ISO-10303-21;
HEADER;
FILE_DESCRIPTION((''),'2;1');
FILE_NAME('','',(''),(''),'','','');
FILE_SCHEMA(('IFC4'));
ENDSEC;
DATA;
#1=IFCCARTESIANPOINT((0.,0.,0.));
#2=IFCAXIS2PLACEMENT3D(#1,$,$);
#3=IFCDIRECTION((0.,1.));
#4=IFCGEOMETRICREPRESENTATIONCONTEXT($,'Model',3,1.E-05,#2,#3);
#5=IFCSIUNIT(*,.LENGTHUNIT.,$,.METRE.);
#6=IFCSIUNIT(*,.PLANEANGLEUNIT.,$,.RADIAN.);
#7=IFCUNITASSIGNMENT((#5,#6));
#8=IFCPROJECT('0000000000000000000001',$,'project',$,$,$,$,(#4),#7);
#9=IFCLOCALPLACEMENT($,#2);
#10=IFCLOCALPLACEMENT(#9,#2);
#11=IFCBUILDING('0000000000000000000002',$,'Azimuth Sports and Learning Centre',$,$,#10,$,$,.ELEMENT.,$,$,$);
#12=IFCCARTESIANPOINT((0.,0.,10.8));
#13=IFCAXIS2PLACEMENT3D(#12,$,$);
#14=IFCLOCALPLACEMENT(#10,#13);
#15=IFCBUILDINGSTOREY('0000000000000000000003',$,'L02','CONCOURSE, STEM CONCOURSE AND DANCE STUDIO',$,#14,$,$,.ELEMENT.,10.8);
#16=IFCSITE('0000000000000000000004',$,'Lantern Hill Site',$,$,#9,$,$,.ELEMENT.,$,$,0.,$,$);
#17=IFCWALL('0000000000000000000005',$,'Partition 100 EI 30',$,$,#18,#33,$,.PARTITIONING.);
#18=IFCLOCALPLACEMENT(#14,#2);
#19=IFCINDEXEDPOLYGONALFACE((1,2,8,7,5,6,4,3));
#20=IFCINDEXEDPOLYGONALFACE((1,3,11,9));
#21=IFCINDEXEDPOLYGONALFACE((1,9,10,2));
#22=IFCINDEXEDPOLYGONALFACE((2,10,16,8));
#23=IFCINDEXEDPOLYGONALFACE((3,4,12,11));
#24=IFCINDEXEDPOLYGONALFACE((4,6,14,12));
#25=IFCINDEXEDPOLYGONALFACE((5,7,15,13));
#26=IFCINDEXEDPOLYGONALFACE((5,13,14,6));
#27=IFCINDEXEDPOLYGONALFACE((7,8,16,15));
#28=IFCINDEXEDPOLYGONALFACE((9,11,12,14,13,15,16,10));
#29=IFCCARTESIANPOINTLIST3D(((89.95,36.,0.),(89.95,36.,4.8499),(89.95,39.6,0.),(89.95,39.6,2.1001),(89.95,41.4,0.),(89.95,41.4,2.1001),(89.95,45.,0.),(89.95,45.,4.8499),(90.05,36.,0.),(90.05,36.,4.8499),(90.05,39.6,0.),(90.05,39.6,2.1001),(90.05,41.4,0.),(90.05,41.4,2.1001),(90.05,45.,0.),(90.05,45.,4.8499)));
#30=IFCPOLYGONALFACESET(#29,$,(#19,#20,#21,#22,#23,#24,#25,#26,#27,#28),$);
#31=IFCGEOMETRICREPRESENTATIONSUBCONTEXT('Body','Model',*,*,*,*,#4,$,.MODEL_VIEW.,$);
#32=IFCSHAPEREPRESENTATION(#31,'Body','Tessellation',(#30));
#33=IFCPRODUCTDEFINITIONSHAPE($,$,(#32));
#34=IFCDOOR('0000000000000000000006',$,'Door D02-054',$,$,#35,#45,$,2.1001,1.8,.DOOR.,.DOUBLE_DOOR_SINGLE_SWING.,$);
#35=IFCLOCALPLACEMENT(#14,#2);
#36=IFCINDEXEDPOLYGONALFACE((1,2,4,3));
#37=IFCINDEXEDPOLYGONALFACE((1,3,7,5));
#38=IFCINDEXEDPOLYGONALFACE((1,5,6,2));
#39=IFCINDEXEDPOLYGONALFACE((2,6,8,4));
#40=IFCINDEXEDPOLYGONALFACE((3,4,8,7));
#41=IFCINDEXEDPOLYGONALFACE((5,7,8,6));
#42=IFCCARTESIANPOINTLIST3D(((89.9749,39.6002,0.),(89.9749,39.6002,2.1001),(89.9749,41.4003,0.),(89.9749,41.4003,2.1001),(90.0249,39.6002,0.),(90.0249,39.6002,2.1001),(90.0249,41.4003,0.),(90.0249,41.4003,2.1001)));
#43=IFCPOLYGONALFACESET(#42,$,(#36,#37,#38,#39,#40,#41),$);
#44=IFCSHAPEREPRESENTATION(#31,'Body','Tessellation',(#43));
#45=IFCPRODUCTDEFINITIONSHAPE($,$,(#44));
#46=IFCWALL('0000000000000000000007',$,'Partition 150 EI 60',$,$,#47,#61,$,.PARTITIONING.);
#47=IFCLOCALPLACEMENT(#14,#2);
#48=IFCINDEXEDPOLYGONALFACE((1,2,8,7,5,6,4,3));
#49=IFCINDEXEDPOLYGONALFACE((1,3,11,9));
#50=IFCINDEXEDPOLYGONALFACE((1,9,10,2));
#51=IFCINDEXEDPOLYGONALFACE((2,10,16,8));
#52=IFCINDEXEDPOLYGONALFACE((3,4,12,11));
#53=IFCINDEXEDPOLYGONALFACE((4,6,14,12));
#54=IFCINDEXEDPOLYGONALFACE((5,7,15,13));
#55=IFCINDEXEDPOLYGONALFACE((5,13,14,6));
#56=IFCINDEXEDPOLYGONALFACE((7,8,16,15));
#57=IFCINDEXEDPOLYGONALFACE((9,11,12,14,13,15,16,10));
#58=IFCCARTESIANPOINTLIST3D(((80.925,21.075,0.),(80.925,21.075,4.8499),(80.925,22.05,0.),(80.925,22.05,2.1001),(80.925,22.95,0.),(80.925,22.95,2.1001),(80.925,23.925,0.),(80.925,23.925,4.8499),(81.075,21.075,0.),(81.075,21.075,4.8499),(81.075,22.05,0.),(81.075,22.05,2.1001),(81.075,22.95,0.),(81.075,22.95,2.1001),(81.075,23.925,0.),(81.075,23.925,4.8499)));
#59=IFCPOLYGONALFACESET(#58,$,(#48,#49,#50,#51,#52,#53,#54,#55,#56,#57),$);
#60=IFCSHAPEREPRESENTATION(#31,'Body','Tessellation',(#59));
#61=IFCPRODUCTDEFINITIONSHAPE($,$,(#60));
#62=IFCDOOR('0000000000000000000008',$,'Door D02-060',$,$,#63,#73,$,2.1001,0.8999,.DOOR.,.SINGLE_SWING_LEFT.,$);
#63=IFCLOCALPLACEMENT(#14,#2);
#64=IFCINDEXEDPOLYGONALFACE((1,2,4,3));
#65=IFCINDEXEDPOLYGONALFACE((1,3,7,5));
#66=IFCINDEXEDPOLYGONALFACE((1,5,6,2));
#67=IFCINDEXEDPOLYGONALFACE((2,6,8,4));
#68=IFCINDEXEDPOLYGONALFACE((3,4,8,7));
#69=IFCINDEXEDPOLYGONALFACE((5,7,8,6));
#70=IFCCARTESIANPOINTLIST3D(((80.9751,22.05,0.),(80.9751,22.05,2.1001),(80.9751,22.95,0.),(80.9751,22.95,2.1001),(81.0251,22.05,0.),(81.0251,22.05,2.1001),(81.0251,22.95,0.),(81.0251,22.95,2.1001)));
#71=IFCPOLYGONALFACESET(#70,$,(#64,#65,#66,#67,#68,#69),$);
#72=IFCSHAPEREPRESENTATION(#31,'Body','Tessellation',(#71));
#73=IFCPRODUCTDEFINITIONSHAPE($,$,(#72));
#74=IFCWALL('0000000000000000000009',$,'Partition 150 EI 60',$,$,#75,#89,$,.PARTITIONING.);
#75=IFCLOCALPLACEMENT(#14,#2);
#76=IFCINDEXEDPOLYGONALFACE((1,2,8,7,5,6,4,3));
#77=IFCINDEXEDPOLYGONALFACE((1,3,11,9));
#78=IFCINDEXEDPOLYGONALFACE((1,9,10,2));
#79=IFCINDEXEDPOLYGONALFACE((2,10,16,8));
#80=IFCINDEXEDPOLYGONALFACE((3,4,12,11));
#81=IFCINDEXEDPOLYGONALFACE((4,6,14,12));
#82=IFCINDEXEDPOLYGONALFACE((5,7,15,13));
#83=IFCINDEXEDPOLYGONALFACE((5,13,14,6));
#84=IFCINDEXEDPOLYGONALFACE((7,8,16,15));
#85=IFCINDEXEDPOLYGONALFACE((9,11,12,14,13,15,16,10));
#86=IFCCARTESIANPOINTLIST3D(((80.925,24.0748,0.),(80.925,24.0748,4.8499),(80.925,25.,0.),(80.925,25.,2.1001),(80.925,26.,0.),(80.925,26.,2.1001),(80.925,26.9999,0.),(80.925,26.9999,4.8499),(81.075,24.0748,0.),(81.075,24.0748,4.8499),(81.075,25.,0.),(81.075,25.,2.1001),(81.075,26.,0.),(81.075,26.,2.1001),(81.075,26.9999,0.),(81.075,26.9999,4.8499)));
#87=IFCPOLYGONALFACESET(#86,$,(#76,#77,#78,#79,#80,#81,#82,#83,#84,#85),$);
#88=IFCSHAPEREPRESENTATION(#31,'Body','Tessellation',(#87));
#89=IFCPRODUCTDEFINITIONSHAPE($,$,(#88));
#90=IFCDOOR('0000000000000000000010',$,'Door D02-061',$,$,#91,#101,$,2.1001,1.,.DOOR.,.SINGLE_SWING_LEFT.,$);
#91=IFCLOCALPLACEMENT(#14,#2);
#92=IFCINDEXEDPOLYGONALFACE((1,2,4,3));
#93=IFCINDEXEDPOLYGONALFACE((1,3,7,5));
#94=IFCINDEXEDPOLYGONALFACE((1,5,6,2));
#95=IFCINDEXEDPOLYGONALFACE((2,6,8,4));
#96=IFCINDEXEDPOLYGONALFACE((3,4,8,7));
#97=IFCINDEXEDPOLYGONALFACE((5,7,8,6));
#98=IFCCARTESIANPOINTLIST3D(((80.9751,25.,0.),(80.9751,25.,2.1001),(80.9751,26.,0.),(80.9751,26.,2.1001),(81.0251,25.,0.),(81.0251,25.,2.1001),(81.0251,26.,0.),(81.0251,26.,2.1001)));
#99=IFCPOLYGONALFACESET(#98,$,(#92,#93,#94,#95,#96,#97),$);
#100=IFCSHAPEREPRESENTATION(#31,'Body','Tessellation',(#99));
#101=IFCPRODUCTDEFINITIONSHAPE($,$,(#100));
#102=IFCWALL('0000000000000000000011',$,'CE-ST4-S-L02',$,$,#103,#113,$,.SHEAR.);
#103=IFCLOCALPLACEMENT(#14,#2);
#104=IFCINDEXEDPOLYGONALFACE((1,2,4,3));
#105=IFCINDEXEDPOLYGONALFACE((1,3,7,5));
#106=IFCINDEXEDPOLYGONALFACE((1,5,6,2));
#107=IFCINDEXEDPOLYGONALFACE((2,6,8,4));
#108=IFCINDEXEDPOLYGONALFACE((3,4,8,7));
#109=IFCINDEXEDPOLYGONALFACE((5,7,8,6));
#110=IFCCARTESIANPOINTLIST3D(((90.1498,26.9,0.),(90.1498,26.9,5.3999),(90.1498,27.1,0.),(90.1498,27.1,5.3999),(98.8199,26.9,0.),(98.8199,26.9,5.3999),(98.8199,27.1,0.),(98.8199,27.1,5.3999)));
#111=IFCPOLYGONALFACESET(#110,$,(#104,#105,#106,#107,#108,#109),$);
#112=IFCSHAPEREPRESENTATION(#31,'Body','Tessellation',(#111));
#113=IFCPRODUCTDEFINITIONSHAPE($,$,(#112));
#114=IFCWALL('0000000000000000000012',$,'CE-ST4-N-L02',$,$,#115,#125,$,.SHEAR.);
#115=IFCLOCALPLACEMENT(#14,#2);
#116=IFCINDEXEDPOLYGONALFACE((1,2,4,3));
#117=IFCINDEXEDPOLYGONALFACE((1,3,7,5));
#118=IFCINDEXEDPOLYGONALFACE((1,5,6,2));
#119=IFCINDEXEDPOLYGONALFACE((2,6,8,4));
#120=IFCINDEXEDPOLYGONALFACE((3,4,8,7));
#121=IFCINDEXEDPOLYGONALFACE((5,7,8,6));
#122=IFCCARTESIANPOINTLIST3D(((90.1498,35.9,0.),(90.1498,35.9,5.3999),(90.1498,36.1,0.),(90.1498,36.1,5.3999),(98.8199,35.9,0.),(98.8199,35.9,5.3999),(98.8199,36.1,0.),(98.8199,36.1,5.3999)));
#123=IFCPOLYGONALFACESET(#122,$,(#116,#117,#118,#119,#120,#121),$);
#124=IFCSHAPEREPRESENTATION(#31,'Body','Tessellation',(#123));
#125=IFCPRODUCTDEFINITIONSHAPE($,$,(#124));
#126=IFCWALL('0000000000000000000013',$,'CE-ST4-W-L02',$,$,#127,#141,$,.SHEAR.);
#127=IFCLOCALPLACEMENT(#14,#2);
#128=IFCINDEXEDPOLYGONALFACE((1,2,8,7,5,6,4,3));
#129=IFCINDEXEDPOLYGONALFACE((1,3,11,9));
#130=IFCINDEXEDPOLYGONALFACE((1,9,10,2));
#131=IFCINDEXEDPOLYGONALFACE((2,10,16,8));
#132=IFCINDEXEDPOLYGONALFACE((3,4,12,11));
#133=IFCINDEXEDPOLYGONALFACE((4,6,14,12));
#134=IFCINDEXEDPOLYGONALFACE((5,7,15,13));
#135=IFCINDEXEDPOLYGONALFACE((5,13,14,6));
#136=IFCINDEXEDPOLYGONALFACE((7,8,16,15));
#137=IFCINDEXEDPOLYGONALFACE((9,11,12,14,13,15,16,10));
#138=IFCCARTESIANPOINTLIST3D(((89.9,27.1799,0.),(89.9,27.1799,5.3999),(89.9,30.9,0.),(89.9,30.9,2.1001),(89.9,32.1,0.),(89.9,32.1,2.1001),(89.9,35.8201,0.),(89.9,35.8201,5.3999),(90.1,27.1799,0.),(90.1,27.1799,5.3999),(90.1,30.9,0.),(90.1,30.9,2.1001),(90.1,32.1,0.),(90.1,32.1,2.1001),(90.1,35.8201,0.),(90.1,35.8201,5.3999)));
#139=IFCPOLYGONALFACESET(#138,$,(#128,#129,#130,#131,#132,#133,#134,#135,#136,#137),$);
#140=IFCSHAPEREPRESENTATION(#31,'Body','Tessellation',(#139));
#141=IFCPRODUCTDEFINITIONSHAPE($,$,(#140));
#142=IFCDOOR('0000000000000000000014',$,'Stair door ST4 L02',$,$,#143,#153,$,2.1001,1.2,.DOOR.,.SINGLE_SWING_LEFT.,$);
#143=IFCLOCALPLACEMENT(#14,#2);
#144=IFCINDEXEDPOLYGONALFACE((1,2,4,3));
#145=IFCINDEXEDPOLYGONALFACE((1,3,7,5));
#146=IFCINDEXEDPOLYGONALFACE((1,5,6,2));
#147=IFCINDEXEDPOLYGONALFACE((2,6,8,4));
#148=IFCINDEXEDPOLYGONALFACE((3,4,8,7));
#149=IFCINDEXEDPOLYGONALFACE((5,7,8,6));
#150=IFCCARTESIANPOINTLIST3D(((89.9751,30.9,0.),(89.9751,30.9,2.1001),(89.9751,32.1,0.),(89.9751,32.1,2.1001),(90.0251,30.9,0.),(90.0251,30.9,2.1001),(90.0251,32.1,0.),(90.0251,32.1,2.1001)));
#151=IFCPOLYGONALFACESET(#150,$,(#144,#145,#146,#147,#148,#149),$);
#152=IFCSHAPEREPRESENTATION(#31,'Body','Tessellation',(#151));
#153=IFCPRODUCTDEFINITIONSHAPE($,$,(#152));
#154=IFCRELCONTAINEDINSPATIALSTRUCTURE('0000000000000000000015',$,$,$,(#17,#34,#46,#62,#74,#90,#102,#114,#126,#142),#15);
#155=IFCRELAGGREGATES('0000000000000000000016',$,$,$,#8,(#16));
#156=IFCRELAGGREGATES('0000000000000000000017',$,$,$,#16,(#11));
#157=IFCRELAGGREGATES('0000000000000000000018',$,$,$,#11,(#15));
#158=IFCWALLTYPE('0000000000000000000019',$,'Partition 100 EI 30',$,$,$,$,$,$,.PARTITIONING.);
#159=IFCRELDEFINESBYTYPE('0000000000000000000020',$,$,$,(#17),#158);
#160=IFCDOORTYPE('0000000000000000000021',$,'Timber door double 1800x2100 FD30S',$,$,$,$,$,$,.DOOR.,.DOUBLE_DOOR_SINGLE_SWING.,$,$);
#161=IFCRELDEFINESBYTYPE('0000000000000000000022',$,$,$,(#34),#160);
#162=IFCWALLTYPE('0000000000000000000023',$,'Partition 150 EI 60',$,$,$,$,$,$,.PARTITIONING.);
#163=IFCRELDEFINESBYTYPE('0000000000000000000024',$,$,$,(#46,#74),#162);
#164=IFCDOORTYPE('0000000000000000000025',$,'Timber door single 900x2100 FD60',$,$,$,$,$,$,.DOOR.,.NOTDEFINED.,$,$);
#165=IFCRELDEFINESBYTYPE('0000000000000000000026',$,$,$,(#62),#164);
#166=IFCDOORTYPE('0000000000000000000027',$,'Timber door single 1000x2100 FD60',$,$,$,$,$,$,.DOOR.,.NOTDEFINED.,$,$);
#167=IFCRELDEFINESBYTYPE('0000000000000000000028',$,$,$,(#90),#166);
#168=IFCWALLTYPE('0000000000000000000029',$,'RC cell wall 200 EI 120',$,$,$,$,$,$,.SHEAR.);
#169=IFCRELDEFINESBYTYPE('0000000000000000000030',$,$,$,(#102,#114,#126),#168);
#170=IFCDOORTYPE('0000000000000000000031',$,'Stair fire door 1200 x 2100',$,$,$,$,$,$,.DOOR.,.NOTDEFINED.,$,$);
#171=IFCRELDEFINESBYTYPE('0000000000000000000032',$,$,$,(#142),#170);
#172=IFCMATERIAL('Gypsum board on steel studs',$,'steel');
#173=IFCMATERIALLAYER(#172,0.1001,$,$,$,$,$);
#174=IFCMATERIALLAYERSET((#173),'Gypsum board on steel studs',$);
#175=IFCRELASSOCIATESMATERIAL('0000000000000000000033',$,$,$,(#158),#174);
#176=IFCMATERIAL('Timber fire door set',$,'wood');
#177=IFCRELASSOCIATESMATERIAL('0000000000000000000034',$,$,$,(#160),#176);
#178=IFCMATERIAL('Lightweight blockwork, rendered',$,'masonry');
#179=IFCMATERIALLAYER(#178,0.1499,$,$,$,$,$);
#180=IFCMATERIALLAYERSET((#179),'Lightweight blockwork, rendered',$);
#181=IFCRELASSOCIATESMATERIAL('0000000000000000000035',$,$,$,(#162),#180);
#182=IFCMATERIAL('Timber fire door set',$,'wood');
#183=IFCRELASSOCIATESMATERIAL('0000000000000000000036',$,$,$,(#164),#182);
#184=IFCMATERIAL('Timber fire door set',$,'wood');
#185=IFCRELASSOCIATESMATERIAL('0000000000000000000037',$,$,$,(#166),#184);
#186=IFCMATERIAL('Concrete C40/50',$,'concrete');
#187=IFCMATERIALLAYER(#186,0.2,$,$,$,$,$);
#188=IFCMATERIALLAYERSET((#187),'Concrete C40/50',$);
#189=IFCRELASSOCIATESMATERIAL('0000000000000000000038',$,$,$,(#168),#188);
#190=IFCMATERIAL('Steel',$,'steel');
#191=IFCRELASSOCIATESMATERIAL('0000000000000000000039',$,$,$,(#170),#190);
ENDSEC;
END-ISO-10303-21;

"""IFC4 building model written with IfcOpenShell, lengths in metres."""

from ifc_helpers import new_model, si_unit, direction, frame, frame_2d, origin, place, context, subcontext, project, spatial, rectangle, extrude, material, layer, layer_set, type_object, element, fill, save


model = new_model("IFC4")

# Units and contexts
model_context = context("Model", 3, precision=1e-05, world=origin(), true_north=direction((0.0, 1.0)))
body_context = subcontext(model_context, "Body", "Model", "MODEL_VIEW")
ifc_project = project(units=[si_unit("LENGTHUNIT", "METRE"), si_unit("PLANEANGLEUNIT", "RADIAN")], contexts=[model_context])

# Site, building, storey
site_placement = place(None, origin())
site = spatial("IfcSite", under=ifc_project, at=site_placement, Name="Lantern Hill Site", CompositionType="ELEMENT", RefElevation=0.0)
building_placement = place(site_placement, origin())
building = spatial("IfcBuilding", under=site, at=building_placement, Name="Azimuth Sports and Learning Centre", CompositionType="ELEMENT")
storey_placement = place(building_placement, frame((0.0, 0.0, 10.8)))
storey = spatial("IfcBuildingStorey", under=building, at=storey_placement, Name="L02", Description="CONCOURSE, STEM CONCOURSE AND DANCE STUDIO", CompositionType="ELEMENT", Elevation=10.8)

# Walls, openings, doors
ifc_material_1 = material(Name="Gypsum board on steel studs", Category="steel")
ifc_layer_1 = layer(ifc_material_1, 0.1001)
ifc_layer_set_1 = layer_set([ifc_layer_1], Name="Gypsum board on steel studs")
wall_type_1 = type_object("IfcWallType", Name="Partition 100 EI 30", PredefinedType="PARTITIONING", material=ifc_layer_set_1)
wall_1_placement = place(storey_placement, frame((90.0, 36.0, 0.0), z_axis=(0.0, 0.0, 1.0), x_axis=(0.0, 1.0, 0.0)))
wall_1 = element("IfcWall", 1, at=wall_1_placement, inside=storey, type_object=wall_type_1, Name="Partition 100 EI 30", PredefinedType="PARTITIONING", context=body_context, shape_type="SweptSolid", body=[
    extrude(rectangle(XDim=9.0, YDim=0.1001, at=frame_2d((4.5, 0.0))), origin(), (0.0, 0.0, 1.0), 4.8499),
])
opening_1_placement = place(wall_1_placement, frame((3.6001, 0.0, 0.0)))
opening_1 = element("IfcOpeningElement", 2, at=opening_1_placement, cuts=wall_1, PredefinedType="OPENING", context=body_context, shape_type="SweptSolid", body=[
    extrude(rectangle(XDim=1.8, YDim=2.1001, at=frame_2d((0.8999, 1.05))), frame((0.0, 0.061, 0.0), z_axis=(0.0, -1.0, 0.0), x_axis=(1.0, 0.0, 0.0)), (0.0, 0.0, 1.0), 0.1221),
])
ifc_material_2 = material(Name="Timber fire door set", Category="wood")
door_type_1 = type_object("IfcDoorType", Name="Timber door double 1800x2100 FD30S", OperationType="DOUBLE_DOOR_SINGLE_SWING", PredefinedType="DOOR", material=ifc_material_2)
door_1_placement = place(opening_1_placement, frame((1.8, 0.0, 0.0), z_axis=(0.0, 0.0, 1.0), x_axis=(-1.0, 0.0, 0.0)))
door_1 = element("IfcDoor", 3, at=door_1_placement, inside=storey, type_object=door_type_1, Name="Door D02-054", OperationType="DOUBLE_DOOR_SINGLE_SWING", OverallHeight=2.1001, OverallWidth=1.8, PredefinedType="DOOR", context=body_context, shape_type="SweptSolid", body=[
    extrude(rectangle(XDim=1.8, YDim=2.1001, at=frame_2d((0.8999, 1.05))), frame((0.0, 0.0249, 0.0), z_axis=(0.0, -1.0, 0.0), x_axis=(1.0, 0.0, 0.0)), (0.0, 0.0, 1.0), 0.05),
])
fill(opening_1, door_1)
ifc_material_3 = material(Name="Lightweight blockwork, rendered", Category="masonry")
ifc_layer_2 = layer(ifc_material_3, 0.1499)
ifc_layer_set_2 = layer_set([ifc_layer_2], Name="Lightweight blockwork, rendered")
wall_type_2 = type_object("IfcWallType", Name="Partition 150 EI 60", PredefinedType="PARTITIONING", material=ifc_layer_set_2)
wall_2_placement = place(storey_placement, frame((81.0, 21.075, 0.0), z_axis=(0.0, 0.0, 1.0), x_axis=(0.0, 1.0, 0.0)))
wall_2 = element("IfcWall", 4, at=wall_2_placement, inside=storey, type_object=wall_type_2, Name="Partition 150 EI 60", PredefinedType="PARTITIONING", context=body_context, shape_type="SweptSolid", body=[
    extrude(rectangle(XDim=2.8501, YDim=0.1499, at=frame_2d((1.425, 0.0))), origin(), (0.0, 0.0, 1.0), 4.8499),
])
opening_2_placement = place(wall_2_placement, frame((0.9751, 0.0, 0.0)))
opening_2 = element("IfcOpeningElement", 5, at=opening_2_placement, cuts=wall_2, PredefinedType="OPENING", context=body_context, shape_type="SweptSolid", body=[
    extrude(rectangle(XDim=0.8999, YDim=2.1001, at=frame_2d((0.45, 1.05))), frame((0.0, 0.0859, 0.0), z_axis=(0.0, -1.0, 0.0), x_axis=(1.0, 0.0, 0.0)), (0.0, 0.0, 1.0), 0.1719),
])
ifc_material_4 = material(Name="Timber fire door set", Category="wood")
door_type_2 = type_object("IfcDoorType", Name="Timber door single 900x2100 FD60", OperationType="NOTDEFINED", PredefinedType="DOOR", material=ifc_material_4)
door_2_placement = place(opening_2_placement, origin())
door_2 = element("IfcDoor", 6, at=door_2_placement, inside=storey, type_object=door_type_2, Name="Door D02-060", OperationType="SINGLE_SWING_LEFT", OverallHeight=2.1001, OverallWidth=0.8999, PredefinedType="DOOR", context=body_context, shape_type="SweptSolid", body=[
    extrude(rectangle(XDim=0.8999, YDim=2.1001, at=frame_2d((0.45, 1.05))), frame((0.0, 0.0249, 0.0), z_axis=(0.0, -1.0, 0.0), x_axis=(1.0, 0.0, 0.0)), (0.0, 0.0, 1.0), 0.05),
])
fill(opening_2, door_2)
wall_3_placement = place(storey_placement, frame((81.0, 24.075, 0.0), z_axis=(0.0, 0.0, 1.0), x_axis=(0.0, 1.0, 0.0)))
wall_3 = element("IfcWall", 7, at=wall_3_placement, inside=storey, type_object=wall_type_2, Name="Partition 150 EI 60", PredefinedType="PARTITIONING", context=body_context, shape_type="SweptSolid", body=[
    extrude(rectangle(XDim=2.925, YDim=0.1499, at=frame_2d((1.4624, 0.0))), origin(), (0.0, 0.0, 1.0), 4.8499),
])
opening_3_placement = place(wall_3_placement, frame((0.925, 0.0, 0.0)))
opening_3 = element("IfcOpeningElement", 8, at=opening_3_placement, cuts=wall_3, PredefinedType="OPENING", context=body_context, shape_type="SweptSolid", body=[
    extrude(rectangle(XDim=1.0, YDim=2.1001, at=frame_2d((0.5, 1.05))), frame((0.0, 0.0859, 0.0), z_axis=(0.0, -1.0, 0.0), x_axis=(1.0, 0.0, 0.0)), (0.0, 0.0, 1.0), 0.1719),
])
ifc_material_5 = material(Name="Timber fire door set", Category="wood")
door_type_3 = type_object("IfcDoorType", Name="Timber door single 1000x2100 FD60", OperationType="NOTDEFINED", PredefinedType="DOOR", material=ifc_material_5)
door_3_placement = place(opening_3_placement, origin())
door_3 = element("IfcDoor", 9, at=door_3_placement, inside=storey, type_object=door_type_3, Name="Door D02-061", OperationType="SINGLE_SWING_LEFT", OverallHeight=2.1001, OverallWidth=1.0, PredefinedType="DOOR", context=body_context, shape_type="SweptSolid", body=[
    extrude(rectangle(XDim=1.0, YDim=2.1001, at=frame_2d((0.5, 1.05))), frame((0.0, 0.0249, 0.0), z_axis=(0.0, -1.0, 0.0), x_axis=(1.0, 0.0, 0.0)), (0.0, 0.0, 1.0), 0.05),
])
fill(opening_3, door_3)

# Walls
ifc_material_6 = material(Name="Concrete C40/50", Category="concrete")
ifc_layer_3 = layer(ifc_material_6, 0.2)
ifc_layer_set_3 = layer_set([ifc_layer_3], Name="Concrete C40/50")
wall_type_3 = type_object("IfcWallType", Name="RC cell wall 200 EI 120", PredefinedType="SHEAR", material=ifc_layer_set_3)
for number, where, z_axis, x_axis, name in (
    (10, (90.1499, 27.0, 0.0), (0.0, 0.0, 1.0), (1.0, 0.0, 0.0), "CE-ST4-S-L02"),
    (11, (90.1499, 36.0, 0.0), (0.0, 0.0, 1.0), (1.0, 0.0, 0.0), "CE-ST4-N-L02"),
):
    element("IfcWall", number, at=place(storey_placement, frame(where, z_axis=z_axis, x_axis=x_axis)), inside=storey, type_object=wall_type_3, Name=name, PredefinedType="SHEAR", context=body_context, shape_type="SweptSolid", body=[
        extrude(rectangle(XDim=8.6702, YDim=0.2, at=frame_2d((4.335, 0.0))), origin(), (0.0, 0.0, 1.0), 5.3999),
    ])

# Wall, opening, door
wall_4_placement = place(storey_placement, frame((90.0, 27.1799, 0.0), z_axis=(0.0, 0.0, 1.0), x_axis=(0.0, 1.0, 0.0)))
wall_4 = element("IfcWall", 12, at=wall_4_placement, inside=storey, type_object=wall_type_3, Name="CE-ST4-W-L02", PredefinedType="SHEAR", context=body_context, shape_type="SweptSolid", body=[
    extrude(rectangle(XDim=8.6401, YDim=0.2, at=frame_2d((4.3201, 0.0))), origin(), (0.0, 0.0, 1.0), 5.3999),
])
opening_4_placement = place(wall_4_placement, frame((3.72, 0.0, 0.0)))
opening_4 = element("IfcOpeningElement", 13, at=opening_4_placement, cuts=wall_4, PredefinedType="OPENING", context=body_context, shape_type="SweptSolid", body=[
    extrude(rectangle(XDim=1.2, YDim=2.1001, at=frame_2d((0.6001, 1.05))), frame((0.0, 0.1108, 0.0), z_axis=(0.0, -1.0, 0.0), x_axis=(1.0, 0.0, 0.0)), (0.0, 0.0, 1.0), 0.2219),
])
ifc_material_7 = material(Name="Steel", Category="steel")
door_type_4 = type_object("IfcDoorType", Name="Stair fire door 1200 x 2100", OperationType="NOTDEFINED", PredefinedType="DOOR", material=ifc_material_7)
door_4_placement = place(opening_4_placement, origin())
door_4 = element("IfcDoor", 14, at=door_4_placement, inside=storey, type_object=door_type_4, Name="Stair door ST4 L02", OperationType="SINGLE_SWING_LEFT", OverallHeight=2.1001, OverallWidth=1.2, PredefinedType="DOOR", context=body_context, shape_type="SweptSolid", body=[
    extrude(rectangle(XDim=1.2, YDim=2.1001, at=frame_2d((0.6001, 1.05))), frame((0.0, 0.0249, 0.0), z_axis=(0.0, -1.0, 0.0), x_axis=(1.0, 0.0, 0.0)), (0.0, 0.0, 1.0), 0.05),
])
fill(opening_4, door_4)

save(model, "model.ifc")
